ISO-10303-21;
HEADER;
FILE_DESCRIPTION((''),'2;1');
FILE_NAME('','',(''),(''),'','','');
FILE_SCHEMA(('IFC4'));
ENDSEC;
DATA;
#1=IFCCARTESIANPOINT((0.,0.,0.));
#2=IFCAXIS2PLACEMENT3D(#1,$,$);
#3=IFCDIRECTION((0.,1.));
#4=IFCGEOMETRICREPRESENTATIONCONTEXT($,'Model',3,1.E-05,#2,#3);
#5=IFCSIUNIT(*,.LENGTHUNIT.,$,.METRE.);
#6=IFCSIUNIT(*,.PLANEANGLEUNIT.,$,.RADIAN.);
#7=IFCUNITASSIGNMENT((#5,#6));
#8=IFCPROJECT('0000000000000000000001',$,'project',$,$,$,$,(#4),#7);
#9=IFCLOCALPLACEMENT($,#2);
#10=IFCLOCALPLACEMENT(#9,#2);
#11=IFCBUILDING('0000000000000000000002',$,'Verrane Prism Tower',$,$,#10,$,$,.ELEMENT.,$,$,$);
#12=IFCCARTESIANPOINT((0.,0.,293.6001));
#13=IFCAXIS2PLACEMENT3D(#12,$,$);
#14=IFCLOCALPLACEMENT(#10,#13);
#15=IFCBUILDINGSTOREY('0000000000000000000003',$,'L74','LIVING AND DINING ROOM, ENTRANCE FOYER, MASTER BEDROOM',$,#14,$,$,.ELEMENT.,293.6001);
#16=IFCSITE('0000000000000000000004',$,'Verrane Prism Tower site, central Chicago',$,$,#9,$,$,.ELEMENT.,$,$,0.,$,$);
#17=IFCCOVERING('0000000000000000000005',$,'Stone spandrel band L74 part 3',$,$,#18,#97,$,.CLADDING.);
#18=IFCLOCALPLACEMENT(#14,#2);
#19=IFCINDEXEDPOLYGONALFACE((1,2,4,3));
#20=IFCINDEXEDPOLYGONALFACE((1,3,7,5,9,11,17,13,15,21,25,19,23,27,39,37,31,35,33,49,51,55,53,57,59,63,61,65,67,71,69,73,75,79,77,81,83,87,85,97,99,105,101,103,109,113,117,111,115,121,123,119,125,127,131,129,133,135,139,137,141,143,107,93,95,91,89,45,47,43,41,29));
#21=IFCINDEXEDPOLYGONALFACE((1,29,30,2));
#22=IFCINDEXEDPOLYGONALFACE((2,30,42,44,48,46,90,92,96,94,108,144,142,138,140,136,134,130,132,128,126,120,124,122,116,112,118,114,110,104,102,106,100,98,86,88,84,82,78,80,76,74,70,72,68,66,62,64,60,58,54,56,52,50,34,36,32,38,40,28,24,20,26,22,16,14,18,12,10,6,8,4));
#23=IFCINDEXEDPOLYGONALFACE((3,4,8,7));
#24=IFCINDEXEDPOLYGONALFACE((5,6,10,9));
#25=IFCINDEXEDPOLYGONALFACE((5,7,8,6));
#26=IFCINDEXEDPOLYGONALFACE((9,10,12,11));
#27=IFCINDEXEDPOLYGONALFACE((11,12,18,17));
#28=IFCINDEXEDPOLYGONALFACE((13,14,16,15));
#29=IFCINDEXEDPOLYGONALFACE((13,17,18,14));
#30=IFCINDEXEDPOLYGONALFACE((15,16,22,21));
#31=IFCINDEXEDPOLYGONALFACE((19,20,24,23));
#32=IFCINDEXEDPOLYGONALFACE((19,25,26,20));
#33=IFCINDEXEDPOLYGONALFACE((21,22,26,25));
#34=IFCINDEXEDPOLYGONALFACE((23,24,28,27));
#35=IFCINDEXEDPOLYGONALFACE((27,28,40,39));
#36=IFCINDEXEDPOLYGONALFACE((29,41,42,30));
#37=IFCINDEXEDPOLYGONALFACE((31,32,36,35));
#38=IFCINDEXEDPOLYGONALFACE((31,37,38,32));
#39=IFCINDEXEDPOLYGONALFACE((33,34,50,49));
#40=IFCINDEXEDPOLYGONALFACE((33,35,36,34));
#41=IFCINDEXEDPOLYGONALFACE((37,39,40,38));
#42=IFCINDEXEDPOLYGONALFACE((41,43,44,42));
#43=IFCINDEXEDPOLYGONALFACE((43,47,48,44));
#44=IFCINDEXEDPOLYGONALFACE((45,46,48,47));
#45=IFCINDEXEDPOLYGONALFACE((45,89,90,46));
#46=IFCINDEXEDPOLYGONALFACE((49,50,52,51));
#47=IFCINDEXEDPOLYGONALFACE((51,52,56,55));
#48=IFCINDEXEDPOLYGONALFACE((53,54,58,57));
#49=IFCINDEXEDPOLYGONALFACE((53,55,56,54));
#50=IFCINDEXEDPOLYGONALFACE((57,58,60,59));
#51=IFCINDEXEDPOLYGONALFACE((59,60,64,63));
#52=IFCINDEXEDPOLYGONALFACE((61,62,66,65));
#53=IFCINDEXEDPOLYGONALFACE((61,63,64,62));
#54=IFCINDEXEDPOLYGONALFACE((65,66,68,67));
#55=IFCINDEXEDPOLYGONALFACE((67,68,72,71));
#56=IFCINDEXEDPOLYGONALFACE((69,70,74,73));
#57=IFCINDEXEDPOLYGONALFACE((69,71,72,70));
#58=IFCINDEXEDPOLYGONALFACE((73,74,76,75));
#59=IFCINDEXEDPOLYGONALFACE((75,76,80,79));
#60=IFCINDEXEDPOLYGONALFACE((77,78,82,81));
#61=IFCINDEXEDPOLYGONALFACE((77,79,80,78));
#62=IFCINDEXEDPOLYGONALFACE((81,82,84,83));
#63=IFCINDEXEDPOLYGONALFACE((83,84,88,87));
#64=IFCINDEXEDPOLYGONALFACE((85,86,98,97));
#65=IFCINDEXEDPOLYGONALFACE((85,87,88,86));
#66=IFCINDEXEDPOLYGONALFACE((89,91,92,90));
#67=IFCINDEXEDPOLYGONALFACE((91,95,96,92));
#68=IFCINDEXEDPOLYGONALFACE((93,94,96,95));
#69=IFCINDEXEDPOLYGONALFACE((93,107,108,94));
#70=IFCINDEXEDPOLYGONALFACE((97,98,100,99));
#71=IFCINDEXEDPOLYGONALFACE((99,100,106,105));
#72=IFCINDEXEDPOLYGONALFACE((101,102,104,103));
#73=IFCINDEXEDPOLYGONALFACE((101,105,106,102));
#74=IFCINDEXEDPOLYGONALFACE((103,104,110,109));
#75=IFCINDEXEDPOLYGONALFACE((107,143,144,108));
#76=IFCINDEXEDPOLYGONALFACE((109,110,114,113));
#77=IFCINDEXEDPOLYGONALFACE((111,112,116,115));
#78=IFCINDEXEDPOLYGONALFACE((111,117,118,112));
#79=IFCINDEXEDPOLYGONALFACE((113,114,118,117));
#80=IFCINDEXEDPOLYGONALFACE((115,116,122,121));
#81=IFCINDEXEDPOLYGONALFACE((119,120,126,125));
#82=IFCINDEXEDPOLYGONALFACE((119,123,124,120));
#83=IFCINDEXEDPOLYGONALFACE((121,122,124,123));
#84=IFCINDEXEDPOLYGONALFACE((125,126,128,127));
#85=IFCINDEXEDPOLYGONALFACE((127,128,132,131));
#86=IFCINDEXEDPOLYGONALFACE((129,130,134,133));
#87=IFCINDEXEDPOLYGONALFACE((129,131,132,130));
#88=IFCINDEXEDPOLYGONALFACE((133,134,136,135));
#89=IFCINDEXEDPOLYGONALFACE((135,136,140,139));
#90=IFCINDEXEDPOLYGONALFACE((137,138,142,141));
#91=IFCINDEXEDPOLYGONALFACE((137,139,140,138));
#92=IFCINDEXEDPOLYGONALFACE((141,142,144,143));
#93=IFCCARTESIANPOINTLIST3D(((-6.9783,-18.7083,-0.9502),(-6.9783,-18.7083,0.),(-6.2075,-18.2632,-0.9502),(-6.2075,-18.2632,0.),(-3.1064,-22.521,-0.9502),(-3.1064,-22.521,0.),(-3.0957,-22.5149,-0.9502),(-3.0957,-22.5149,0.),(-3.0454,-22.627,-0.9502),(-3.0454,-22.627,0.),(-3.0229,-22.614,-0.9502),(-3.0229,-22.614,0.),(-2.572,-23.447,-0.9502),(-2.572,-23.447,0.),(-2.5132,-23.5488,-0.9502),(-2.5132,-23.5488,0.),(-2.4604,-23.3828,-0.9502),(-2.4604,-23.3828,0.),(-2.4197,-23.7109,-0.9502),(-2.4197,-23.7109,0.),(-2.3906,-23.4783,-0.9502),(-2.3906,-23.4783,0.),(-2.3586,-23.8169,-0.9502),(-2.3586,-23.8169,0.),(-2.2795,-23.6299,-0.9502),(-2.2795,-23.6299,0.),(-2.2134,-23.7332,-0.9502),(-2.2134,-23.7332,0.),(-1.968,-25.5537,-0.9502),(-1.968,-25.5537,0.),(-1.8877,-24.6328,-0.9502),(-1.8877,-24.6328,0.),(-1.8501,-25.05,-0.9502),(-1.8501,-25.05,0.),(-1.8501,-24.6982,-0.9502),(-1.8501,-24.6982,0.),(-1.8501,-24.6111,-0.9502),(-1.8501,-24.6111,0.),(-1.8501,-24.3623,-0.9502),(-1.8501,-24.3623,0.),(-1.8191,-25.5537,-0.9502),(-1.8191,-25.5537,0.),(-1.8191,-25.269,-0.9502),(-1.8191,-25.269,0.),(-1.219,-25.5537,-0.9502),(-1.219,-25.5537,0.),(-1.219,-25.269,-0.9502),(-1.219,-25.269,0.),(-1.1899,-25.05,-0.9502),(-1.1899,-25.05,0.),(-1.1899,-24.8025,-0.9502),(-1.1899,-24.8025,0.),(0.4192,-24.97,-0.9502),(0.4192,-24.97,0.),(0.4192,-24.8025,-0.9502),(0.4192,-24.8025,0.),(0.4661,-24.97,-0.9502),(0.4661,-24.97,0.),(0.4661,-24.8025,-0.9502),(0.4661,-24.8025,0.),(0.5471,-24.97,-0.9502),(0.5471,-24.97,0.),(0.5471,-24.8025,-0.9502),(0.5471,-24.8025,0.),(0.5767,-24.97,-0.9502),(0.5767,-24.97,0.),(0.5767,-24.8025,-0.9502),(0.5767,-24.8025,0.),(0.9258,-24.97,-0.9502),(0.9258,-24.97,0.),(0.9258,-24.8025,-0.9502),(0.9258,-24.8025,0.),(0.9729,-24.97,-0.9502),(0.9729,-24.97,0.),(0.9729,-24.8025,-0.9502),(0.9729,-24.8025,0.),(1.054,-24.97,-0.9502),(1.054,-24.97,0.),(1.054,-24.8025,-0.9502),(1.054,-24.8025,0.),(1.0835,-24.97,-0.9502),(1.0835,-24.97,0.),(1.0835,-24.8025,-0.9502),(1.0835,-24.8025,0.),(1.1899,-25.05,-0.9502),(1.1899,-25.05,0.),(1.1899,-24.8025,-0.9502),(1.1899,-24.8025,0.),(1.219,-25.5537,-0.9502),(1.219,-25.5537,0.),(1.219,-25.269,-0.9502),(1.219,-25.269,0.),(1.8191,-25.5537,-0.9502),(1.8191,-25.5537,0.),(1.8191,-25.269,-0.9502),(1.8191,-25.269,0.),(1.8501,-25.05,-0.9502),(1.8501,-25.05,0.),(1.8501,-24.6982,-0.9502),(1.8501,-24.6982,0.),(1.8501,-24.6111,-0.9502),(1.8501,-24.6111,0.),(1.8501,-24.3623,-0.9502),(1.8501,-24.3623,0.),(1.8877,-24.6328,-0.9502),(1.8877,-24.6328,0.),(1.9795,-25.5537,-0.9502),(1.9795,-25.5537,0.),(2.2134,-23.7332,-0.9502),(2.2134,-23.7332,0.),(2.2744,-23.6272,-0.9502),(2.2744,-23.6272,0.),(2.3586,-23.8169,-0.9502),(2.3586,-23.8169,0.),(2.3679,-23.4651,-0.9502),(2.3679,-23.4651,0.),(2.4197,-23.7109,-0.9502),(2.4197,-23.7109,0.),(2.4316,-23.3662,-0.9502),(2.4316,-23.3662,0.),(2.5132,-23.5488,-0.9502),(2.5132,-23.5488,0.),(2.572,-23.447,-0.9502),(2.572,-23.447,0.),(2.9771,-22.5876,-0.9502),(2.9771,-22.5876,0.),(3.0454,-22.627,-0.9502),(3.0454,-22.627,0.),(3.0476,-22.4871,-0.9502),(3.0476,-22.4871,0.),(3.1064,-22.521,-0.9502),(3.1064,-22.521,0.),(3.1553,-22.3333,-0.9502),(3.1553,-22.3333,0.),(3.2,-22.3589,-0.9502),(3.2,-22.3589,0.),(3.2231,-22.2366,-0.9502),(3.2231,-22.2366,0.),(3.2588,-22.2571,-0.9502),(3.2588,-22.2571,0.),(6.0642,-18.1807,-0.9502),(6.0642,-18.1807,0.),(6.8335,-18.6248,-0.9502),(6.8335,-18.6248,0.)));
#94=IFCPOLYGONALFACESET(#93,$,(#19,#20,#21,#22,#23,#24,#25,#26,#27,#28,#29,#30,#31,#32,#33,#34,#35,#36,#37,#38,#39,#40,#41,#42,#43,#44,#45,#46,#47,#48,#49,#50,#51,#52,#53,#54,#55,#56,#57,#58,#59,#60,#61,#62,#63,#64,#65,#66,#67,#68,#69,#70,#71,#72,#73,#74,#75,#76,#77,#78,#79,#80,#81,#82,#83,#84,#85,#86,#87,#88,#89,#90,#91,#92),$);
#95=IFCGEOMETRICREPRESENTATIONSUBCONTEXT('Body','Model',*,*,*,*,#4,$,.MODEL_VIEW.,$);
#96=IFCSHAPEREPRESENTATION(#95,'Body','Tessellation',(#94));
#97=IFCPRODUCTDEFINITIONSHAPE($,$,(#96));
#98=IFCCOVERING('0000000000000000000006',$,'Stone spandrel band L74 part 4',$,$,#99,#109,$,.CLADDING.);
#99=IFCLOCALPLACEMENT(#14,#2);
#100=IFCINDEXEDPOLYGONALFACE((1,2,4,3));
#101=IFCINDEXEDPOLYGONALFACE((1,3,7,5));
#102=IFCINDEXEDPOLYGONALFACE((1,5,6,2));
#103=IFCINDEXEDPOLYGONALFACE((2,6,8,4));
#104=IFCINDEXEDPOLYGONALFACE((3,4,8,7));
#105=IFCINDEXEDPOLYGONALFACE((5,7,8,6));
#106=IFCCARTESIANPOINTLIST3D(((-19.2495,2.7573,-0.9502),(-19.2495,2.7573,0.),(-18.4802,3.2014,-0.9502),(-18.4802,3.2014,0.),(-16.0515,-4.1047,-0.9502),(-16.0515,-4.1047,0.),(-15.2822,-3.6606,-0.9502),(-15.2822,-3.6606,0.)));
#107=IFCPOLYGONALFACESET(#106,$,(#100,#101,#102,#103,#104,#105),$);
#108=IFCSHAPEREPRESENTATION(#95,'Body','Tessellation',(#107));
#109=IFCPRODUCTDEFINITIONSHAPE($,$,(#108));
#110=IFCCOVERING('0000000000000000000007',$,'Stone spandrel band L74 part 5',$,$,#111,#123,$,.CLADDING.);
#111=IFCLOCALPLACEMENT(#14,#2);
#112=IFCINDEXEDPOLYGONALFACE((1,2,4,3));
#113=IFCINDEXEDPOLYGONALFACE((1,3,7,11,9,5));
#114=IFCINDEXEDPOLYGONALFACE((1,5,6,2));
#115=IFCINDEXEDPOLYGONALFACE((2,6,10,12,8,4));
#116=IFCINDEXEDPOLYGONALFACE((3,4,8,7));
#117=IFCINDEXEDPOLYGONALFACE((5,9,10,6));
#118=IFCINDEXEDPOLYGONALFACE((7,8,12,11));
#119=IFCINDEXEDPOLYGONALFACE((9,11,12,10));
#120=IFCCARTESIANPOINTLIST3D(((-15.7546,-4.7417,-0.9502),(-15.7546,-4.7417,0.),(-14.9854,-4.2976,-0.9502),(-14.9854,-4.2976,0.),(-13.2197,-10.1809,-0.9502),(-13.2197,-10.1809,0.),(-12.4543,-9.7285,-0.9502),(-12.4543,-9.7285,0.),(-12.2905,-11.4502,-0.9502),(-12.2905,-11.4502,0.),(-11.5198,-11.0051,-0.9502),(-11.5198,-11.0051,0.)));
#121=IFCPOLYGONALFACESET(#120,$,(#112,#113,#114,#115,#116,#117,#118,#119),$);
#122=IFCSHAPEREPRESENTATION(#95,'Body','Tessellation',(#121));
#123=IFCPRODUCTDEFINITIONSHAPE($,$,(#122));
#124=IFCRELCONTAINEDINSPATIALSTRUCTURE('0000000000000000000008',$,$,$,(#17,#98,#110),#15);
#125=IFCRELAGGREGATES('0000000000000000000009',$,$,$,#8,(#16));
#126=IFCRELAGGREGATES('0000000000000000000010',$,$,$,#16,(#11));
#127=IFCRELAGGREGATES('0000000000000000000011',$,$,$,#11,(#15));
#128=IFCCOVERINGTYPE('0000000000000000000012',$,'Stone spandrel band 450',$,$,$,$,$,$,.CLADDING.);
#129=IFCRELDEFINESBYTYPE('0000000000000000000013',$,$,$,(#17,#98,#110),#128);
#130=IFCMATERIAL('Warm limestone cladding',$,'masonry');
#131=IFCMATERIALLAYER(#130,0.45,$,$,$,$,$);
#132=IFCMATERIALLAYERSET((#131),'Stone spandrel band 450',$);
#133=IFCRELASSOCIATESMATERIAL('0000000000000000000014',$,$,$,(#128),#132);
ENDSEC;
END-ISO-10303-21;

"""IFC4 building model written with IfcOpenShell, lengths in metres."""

from ifc_helpers import new_model, si_unit, direction, frame, origin, place, context, subcontext, project, spatial, polyline, outline, extrude, material, layer, layer_set, type_object, element, save


model = new_model("IFC4")

# Units and contexts
model_context = context("Model", 3, precision=1e-05, world=origin(), true_north=direction((0.0, 1.0)))
body_context = subcontext(model_context, "Body", "Model", "MODEL_VIEW")
ifc_project = project(units=[si_unit("LENGTHUNIT", "METRE"), si_unit("PLANEANGLEUNIT", "RADIAN")], contexts=[model_context])

# Site, building, storey
site_placement = place(None, origin())
site = spatial("IfcSite", under=ifc_project, at=site_placement, Name="Verrane Prism Tower site, central Chicago", CompositionType="ELEMENT", RefElevation=0.0)
building_placement = place(site_placement, origin())
building = spatial("IfcBuilding", under=site, at=building_placement, Name="Verrane Prism Tower", CompositionType="ELEMENT")
storey_placement = place(building_placement, frame((0.0, 0.0, 293.6001)))
storey = spatial("IfcBuildingStorey", under=building, at=storey_placement, Name="L74", Description="LIVING AND DINING ROOM, ENTRANCE FOYER, MASTER BEDROOM", CompositionType="ELEMENT", Elevation=293.6001)

# Coverings
ifc_material_1 = material(Name="Warm limestone cladding", Category="masonry")
ifc_layer_1 = layer(ifc_material_1, 0.45)
ifc_layer_set_1 = layer_set([ifc_layer_1], Name="Stone spandrel band 450")
covering_type = type_object("IfcCoveringType", Name="Stone spandrel band 450", PredefinedType="CLADDING", material=ifc_layer_set_1)
covering_1_placement = place(storey_placement, frame((0.0, 0.0, -0.9502)))
element("IfcCovering", 1, at=covering_1_placement, inside=storey, type_object=covering_type, Name="Stone spandrel band L74 part 3", PredefinedType="CLADDING", context=body_context, shape_type="SweptSolid", body=[
    extrude(outline(polyline([(1.9795, -25.5537), (6.8335, -18.6248), (6.0642, -18.1807), (3.2231, -22.2366), (3.2588, -22.2571), (3.2, -22.3589), (3.1553, -22.3333), (3.0476, -22.4871), (3.1064, -22.521), (3.0454, -22.627), (2.9771, -22.5876), (2.4316, -23.3662), (2.572, -23.447), (2.5132, -23.5488), (2.3679, -23.4651), (2.2744, -23.6272), (2.4197, -23.7109), (2.3586, -23.8169), (2.2134, -23.7332), (1.8501, -24.3623), (1.8501, -24.6111), (1.8877, -24.6328), (1.8501, -24.6982), (1.8501, -25.05), (1.1899, -25.05), (1.1899, -24.8025), (1.0835, -24.8025), (1.0835, -24.97), (1.054, -24.97), (1.054, -24.8025), (0.9729, -24.8025), (0.9729, -24.97), (0.9258, -24.97), (0.9258, -24.8025), (0.5767, -24.8025), (0.5767, -24.97), (0.5471, -24.97), (0.5471, -24.8025), (0.4661, -24.8025), (0.4661, -24.97), (0.4192, -24.97), (0.4192, -24.8025), (-1.1899, -24.8025), (-1.1899, -25.05), (-1.8501, -25.05), (-1.8501, -24.6982), (-1.8877, -24.6328), (-1.8501, -24.6111), (-1.8501, -24.3623), (-2.2134, -23.7332), (-2.3586, -23.8169), (-2.4197, -23.7109), (-2.2795, -23.6299), (-2.3906, -23.4783), (-2.5132, -23.5488), (-2.572, -23.447), (-2.4604, -23.3828), (-3.0229, -22.614), (-3.0454, -22.627), (-3.1064, -22.521), (-3.0957, -22.5149), (-6.2075, -18.2632), (-6.9783, -18.7083), (-1.968, -25.5537), (-1.8191, -25.5537), (-1.8191, -25.269), (-1.219, -25.269), (-1.219, -25.5537), (1.219, -25.5537), (1.219, -25.269), (1.8191, -25.269), (1.8191, -25.5537), (1.9795, -25.5537)])), origin(), (0.0, 0.0, 1.0), 0.9502),
])
covering_2_placement = place(storey_placement, frame((0.0, 0.0, -0.9502)))
element("IfcCovering", 2, at=covering_2_placement, inside=storey, type_object=covering_type, Name="Stone spandrel band L74 part 4", PredefinedType="CLADDING", context=body_context, shape_type="SweptSolid", body=[
    extrude(outline(polyline([(-15.2822, -3.6606), (-18.4802, 3.2014), (-19.2495, 2.7573), (-16.0515, -4.1047), (-15.2822, -3.6606)])), origin(), (0.0, 0.0, 1.0), 0.9502),
])
covering_3_placement = place(storey_placement, frame((0.0, 0.0, -0.9502)))
element("IfcCovering", 3, at=covering_3_placement, inside=storey, type_object=covering_type, Name="Stone spandrel band L74 part 5", PredefinedType="CLADDING", context=body_context, shape_type="SweptSolid", body=[
    extrude(outline(polyline([(-12.2905, -11.4502), (-11.5198, -11.0051), (-12.4543, -9.7285), (-14.9854, -4.2976), (-15.7546, -4.7417), (-13.2197, -10.1809), (-12.2905, -11.4502)])), origin(), (0.0, 0.0, 1.0), 0.9502),
])

save(model, "model.ifc")
